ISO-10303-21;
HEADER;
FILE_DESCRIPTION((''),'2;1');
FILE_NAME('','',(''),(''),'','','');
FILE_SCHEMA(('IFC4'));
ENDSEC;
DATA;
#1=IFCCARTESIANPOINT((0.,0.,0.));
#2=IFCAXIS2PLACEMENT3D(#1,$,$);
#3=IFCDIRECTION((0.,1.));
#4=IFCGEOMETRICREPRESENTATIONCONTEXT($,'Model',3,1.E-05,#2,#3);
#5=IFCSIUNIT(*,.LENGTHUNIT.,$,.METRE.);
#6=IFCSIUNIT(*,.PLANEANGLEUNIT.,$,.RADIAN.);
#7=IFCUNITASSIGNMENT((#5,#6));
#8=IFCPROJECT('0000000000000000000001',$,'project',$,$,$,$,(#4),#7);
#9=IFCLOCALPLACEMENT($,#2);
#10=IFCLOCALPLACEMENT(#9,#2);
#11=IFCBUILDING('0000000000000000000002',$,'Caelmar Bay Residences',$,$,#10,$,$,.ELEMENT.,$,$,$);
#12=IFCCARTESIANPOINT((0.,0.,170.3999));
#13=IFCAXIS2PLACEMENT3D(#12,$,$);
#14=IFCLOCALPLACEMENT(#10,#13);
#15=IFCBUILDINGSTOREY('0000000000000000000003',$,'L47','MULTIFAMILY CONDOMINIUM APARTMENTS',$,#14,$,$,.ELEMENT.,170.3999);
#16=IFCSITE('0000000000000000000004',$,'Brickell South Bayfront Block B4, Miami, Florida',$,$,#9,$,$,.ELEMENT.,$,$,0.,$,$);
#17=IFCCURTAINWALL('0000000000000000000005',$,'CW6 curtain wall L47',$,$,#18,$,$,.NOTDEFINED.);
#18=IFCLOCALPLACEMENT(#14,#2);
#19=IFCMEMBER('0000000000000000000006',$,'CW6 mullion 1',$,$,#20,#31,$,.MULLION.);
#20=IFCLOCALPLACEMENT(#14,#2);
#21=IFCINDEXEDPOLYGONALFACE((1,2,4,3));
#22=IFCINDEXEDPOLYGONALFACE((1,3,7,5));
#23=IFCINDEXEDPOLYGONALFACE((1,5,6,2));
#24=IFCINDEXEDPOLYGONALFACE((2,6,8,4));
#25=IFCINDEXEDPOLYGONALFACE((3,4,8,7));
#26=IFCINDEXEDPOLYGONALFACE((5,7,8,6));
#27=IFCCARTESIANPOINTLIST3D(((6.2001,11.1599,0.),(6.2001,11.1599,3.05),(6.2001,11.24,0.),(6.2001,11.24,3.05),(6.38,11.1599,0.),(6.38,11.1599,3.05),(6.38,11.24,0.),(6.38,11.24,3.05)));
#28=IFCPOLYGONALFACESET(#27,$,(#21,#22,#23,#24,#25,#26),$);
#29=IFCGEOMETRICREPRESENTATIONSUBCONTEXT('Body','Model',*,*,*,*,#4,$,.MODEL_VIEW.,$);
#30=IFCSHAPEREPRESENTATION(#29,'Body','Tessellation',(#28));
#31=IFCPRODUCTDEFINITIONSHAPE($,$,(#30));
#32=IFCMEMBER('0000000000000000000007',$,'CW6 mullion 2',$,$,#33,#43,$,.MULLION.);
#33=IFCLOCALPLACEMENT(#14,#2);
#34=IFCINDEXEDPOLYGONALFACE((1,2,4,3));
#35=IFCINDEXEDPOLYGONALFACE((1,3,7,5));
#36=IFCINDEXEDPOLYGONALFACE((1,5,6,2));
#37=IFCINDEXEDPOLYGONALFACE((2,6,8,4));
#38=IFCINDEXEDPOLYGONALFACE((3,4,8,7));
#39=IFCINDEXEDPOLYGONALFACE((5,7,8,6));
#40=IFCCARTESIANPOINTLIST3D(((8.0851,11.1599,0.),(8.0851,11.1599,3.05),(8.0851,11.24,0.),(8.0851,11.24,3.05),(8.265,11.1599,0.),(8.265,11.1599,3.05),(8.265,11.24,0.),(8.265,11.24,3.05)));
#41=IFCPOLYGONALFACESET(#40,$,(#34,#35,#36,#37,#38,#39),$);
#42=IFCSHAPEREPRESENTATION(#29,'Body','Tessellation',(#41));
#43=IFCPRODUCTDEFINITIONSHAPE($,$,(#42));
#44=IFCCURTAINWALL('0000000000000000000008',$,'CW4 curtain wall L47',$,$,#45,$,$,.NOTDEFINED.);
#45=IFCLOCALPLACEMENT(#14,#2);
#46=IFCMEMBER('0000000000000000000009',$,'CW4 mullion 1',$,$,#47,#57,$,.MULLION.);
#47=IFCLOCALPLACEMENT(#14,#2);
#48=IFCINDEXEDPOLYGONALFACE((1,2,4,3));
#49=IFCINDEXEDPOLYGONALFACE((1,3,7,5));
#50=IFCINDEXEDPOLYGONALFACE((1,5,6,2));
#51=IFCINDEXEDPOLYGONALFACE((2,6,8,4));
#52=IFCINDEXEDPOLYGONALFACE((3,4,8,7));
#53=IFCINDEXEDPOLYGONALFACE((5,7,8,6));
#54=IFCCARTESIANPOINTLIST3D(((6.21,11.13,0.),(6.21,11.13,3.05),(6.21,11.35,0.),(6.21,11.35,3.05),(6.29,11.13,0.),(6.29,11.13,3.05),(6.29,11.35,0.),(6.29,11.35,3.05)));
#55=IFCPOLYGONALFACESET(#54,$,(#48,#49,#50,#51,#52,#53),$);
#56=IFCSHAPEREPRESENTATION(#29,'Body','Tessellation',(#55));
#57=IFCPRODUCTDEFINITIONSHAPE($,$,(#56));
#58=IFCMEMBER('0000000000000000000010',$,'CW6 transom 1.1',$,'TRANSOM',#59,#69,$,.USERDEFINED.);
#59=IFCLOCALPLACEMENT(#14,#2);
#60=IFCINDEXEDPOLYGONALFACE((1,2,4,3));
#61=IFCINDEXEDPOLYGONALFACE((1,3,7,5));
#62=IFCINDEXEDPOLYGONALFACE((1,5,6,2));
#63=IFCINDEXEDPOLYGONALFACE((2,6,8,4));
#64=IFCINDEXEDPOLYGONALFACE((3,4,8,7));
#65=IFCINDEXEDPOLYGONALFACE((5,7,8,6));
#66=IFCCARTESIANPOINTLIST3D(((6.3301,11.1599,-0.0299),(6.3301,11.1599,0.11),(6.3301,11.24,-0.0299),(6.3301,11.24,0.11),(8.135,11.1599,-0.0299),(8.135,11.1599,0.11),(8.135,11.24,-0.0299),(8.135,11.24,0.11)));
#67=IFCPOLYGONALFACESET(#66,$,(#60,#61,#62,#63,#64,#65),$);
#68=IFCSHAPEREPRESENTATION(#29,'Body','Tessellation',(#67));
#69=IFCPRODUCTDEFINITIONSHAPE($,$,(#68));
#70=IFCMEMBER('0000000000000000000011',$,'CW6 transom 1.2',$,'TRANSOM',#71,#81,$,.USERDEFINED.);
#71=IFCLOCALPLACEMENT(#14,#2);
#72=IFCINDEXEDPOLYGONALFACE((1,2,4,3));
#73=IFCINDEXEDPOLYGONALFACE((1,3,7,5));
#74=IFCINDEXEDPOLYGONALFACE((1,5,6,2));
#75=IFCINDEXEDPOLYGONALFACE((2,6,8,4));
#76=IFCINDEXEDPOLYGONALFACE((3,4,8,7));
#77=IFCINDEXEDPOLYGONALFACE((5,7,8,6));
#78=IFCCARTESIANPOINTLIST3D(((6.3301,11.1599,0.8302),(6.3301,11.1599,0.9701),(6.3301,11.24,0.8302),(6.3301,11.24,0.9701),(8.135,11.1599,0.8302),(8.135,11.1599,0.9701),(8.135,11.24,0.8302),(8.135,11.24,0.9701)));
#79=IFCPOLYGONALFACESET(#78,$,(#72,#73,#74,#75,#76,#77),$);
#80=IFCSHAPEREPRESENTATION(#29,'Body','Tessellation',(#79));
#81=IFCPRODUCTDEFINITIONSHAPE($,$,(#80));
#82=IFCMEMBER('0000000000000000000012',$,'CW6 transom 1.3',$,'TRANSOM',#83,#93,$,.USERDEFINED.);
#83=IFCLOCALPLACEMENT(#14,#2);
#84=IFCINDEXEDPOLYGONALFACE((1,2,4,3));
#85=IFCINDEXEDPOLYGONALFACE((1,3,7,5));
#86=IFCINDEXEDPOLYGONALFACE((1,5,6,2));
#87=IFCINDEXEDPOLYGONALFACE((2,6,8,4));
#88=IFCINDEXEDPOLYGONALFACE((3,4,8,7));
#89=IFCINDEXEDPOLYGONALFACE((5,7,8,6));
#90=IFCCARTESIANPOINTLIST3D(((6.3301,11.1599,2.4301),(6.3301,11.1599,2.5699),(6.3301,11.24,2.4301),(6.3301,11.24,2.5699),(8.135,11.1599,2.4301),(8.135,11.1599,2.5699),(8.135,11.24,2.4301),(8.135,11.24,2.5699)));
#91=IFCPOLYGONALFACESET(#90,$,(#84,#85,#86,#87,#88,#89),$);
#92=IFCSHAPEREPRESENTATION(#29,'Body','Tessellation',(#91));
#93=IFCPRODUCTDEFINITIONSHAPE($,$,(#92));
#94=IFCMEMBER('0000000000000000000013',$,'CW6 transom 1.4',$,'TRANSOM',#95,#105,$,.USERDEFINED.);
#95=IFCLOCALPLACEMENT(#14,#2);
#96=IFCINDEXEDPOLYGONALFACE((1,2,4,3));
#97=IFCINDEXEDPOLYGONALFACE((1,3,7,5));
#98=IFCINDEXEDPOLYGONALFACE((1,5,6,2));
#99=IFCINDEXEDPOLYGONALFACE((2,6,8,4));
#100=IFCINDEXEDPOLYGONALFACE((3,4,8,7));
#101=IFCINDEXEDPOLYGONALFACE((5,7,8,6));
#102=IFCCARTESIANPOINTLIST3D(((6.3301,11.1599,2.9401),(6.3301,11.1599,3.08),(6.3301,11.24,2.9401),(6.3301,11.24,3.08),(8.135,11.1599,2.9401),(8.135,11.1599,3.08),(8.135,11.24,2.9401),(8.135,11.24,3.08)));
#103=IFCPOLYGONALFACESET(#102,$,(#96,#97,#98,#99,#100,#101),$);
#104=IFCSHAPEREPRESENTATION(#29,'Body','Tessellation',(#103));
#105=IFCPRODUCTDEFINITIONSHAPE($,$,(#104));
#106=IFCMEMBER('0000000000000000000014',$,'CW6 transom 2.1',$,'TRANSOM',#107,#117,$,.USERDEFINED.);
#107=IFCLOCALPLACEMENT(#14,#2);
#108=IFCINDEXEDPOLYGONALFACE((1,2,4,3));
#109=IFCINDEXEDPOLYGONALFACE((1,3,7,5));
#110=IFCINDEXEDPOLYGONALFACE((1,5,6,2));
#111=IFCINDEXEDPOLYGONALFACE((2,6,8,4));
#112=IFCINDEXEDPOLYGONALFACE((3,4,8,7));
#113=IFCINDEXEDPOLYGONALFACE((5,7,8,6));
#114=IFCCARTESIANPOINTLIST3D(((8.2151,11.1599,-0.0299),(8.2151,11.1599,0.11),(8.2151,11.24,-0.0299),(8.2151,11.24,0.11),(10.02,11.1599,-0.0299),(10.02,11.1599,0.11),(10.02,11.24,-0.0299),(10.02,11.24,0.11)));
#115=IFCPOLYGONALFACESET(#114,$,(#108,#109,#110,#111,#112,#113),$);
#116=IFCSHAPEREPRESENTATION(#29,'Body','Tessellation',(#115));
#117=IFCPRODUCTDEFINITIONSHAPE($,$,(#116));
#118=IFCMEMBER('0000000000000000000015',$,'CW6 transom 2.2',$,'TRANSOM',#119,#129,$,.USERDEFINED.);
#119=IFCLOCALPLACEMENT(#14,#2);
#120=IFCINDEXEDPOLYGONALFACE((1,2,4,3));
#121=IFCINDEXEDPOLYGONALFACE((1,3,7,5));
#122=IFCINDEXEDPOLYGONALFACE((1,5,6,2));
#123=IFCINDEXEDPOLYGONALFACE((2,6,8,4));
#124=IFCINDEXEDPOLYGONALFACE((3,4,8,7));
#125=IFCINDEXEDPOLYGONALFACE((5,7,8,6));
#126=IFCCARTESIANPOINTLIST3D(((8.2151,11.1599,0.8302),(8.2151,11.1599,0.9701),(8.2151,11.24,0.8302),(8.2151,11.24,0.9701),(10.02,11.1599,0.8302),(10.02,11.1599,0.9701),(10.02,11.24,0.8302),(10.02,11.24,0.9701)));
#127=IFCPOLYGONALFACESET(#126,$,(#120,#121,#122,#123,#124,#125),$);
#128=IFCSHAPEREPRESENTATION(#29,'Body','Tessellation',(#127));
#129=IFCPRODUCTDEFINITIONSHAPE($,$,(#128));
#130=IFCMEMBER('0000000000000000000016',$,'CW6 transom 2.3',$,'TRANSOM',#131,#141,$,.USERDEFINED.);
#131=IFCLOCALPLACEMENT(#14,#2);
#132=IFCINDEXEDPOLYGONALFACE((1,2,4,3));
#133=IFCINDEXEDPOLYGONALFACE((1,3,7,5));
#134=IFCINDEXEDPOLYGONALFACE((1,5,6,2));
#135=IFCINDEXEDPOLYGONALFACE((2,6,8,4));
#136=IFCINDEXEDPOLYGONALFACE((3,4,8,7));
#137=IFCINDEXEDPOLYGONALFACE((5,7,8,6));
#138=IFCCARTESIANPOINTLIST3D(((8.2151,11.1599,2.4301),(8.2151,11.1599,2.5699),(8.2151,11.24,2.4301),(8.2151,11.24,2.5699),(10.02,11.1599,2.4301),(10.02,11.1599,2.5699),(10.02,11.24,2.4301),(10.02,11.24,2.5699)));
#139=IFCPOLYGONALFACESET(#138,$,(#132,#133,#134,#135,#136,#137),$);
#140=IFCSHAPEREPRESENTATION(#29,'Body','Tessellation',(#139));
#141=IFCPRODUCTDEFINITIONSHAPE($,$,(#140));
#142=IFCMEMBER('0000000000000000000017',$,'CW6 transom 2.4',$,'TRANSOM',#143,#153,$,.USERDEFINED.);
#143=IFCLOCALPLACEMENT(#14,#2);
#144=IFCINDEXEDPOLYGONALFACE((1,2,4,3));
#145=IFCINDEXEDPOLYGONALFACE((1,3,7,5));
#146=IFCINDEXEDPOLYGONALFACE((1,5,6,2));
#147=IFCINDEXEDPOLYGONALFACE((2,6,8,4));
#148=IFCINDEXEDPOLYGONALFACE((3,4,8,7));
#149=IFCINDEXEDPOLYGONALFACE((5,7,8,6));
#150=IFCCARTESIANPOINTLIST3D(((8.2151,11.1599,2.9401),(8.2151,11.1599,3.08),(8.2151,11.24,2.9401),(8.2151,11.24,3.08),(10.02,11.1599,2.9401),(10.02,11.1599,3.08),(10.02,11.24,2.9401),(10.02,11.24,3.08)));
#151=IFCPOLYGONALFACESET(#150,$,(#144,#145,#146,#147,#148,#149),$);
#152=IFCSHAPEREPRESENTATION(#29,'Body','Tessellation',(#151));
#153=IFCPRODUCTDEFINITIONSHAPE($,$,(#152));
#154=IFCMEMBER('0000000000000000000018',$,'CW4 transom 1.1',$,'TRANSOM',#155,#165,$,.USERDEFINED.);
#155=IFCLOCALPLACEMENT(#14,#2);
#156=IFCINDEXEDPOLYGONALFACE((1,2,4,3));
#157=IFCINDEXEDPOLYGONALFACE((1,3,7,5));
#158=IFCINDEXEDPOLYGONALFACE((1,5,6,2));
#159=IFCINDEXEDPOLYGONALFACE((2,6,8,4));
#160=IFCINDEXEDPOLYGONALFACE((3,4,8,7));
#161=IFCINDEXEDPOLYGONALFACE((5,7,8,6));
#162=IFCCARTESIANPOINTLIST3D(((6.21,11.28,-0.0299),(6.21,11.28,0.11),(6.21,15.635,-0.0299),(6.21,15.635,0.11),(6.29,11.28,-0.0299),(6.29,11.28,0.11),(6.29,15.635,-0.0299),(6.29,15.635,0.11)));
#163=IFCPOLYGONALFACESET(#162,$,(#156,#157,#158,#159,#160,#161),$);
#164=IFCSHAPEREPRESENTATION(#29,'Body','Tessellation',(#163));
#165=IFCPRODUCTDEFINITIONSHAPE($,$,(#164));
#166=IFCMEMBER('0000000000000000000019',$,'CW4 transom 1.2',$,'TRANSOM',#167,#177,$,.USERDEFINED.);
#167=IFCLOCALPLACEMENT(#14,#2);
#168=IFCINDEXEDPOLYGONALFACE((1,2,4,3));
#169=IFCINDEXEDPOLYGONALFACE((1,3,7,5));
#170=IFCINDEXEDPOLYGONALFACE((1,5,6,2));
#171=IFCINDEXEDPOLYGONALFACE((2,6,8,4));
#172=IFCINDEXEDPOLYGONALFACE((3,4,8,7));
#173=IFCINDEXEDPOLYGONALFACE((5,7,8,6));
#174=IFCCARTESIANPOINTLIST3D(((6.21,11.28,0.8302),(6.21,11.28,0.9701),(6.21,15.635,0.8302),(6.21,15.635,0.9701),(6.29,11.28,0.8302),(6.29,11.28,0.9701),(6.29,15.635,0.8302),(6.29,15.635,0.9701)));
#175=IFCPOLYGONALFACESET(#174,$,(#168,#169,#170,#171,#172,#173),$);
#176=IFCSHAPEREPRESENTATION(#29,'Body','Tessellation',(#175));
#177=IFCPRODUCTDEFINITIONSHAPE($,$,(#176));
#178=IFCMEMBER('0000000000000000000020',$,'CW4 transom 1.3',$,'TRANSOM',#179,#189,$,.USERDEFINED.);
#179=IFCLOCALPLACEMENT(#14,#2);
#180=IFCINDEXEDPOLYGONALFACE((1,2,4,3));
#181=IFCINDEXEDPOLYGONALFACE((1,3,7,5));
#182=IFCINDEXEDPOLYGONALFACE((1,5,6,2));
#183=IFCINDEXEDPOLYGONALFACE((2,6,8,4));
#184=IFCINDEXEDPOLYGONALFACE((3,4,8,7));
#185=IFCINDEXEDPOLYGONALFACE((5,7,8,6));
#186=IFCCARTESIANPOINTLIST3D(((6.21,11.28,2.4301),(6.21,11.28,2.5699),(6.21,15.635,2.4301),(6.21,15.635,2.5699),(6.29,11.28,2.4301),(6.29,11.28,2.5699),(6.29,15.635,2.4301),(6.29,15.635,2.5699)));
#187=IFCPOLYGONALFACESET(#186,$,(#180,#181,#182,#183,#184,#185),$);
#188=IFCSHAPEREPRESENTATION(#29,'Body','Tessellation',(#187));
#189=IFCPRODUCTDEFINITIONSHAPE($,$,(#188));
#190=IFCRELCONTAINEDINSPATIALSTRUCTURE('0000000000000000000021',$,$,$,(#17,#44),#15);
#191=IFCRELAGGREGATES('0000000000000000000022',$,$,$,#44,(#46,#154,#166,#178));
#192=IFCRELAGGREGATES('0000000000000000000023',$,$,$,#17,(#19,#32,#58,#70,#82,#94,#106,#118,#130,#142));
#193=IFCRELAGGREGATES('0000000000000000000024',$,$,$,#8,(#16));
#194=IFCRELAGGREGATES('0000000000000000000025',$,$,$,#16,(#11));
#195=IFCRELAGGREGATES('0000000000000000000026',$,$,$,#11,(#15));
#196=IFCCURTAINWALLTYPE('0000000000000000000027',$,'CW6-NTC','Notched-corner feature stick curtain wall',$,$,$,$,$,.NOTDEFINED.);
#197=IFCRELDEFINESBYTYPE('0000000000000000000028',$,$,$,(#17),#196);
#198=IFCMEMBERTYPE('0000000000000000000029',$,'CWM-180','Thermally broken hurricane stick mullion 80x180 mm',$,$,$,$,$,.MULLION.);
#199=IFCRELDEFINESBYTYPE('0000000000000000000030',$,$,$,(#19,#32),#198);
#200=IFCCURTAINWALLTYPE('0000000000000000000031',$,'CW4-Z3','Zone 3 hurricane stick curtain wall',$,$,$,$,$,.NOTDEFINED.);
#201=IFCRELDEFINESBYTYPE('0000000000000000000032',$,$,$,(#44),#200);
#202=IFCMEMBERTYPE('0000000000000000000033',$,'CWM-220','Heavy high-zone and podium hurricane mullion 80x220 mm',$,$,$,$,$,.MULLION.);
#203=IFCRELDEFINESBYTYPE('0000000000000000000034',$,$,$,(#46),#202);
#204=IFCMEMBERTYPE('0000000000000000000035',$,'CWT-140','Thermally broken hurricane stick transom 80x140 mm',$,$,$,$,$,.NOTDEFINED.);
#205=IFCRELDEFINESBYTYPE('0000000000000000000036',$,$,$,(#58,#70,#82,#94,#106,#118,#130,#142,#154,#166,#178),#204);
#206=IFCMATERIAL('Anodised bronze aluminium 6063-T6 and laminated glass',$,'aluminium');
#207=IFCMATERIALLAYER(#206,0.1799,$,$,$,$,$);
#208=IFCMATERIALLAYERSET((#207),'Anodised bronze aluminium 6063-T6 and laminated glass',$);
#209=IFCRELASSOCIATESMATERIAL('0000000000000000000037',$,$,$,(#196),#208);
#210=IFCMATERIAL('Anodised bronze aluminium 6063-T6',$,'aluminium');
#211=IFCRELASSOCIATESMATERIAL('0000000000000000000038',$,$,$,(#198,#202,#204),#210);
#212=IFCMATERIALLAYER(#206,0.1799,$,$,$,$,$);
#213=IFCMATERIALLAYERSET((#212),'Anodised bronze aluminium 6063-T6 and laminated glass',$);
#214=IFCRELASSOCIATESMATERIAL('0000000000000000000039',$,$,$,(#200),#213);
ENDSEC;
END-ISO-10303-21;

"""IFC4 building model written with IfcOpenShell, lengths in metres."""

from ifc_helpers import new_model, si_unit, direction, frame, origin, origin_2d, place, context, subcontext, project, spatial, rectangle, extrude, material, layer, layer_set, material_profile, profile_set, type_object, element, aggregate, save


model = new_model("IFC4")

# Units and contexts
model_context = context("Model", 3, precision=1e-05, world=origin(), true_north=direction((0.0, 1.0)))
body_context = subcontext(model_context, "Body", "Model", "MODEL_VIEW")
ifc_project = project(units=[si_unit("LENGTHUNIT", "METRE"), si_unit("PLANEANGLEUNIT", "RADIAN")], contexts=[model_context])

# Site, building, storey
site_placement = place(None, origin())
site = spatial("IfcSite", under=ifc_project, at=site_placement, Name="Brickell South Bayfront Block B4, Miami, Florida", CompositionType="ELEMENT", RefElevation=0.0)
building_placement = place(site_placement, origin())
building = spatial("IfcBuilding", under=site, at=building_placement, Name="Caelmar Bay Residences", CompositionType="ELEMENT")
storey_placement = place(building_placement, frame((0.0, 0.0, 170.3999)))
storey = spatial("IfcBuildingStorey", under=building, at=storey_placement, Name="L47", Description="MULTIFAMILY CONDOMINIUM APARTMENTS", CompositionType="ELEMENT", Elevation=170.3999)

# Curtain wall, members
ifc_material_1 = material(Name="Anodised bronze aluminium 6063-T6 and laminated glass", Category="aluminium")
ifc_layer_1 = layer(ifc_material_1, 0.1799)
ifc_layer_set_1 = layer_set([ifc_layer_1], Name="Anodised bronze aluminium 6063-T6 and laminated glass")
curtain_wall_type_1 = type_object("IfcCurtainWallType", Name="CW6-NTC", Description="Notched-corner feature stick curtain wall", PredefinedType="NOTDEFINED", material=ifc_layer_set_1)
curtain_wall_1_placement = place(storey_placement, origin())
curtain_wall_1 = element("IfcCurtainWall", 1, at=curtain_wall_1_placement, inside=storey, type_object=curtain_wall_type_1, Name="CW6 curtain wall L47", PredefinedType="NOTDEFINED")
ifc_material_2 = material(Name="Anodised bronze aluminium 6063-T6", Category="aluminium")
ifc_material_profile_1 = material_profile(ifc_material_2, rectangle(XDim=0.0801, YDim=0.1799, at=origin_2d()), Name="CWM-80X180")
ifc_profile_set_1 = profile_set([ifc_material_profile_1], Name="Anodised bronze aluminium 6063-T6")
member_type_1 = type_object("IfcMemberType", Name="CWM-180", Description="Thermally broken hurricane stick mullion 80x180 mm", PredefinedType="MULLION", material=ifc_profile_set_1)
member_1_placement = place(storey_placement, frame((6.29, 11.2, 0.0), z_axis=(0.0, 0.0, 1.0), x_axis=(0.0, 1.0, 0.0)))
member_1 = element("IfcMember", 2, at=member_1_placement, type_object=member_type_1, Name="CW6 mullion 1", PredefinedType="MULLION", context=body_context, shape_type="SweptSolid", body=[
    extrude(rectangle(XDim=0.0801, YDim=0.1799, at=origin_2d()), origin(), (0.0, 0.0, 1.0), 3.05),
])
member_2_placement = place(storey_placement, frame((8.175, 11.2, 0.0), z_axis=(0.0, 0.0, 1.0), x_axis=(0.0, 1.0, 0.0)))
member_2 = element("IfcMember", 3, at=member_2_placement, type_object=member_type_1, Name="CW6 mullion 2", PredefinedType="MULLION", context=body_context, shape_type="SweptSolid", body=[
    extrude(rectangle(XDim=0.0801, YDim=0.1799, at=origin_2d()), origin(), (0.0, 0.0, 1.0), 3.05),
])

# Curtain wall, member
ifc_layer_2 = layer(ifc_material_1, 0.1799)
ifc_layer_set_2 = layer_set([ifc_layer_2], Name="Anodised bronze aluminium 6063-T6 and laminated glass")
curtain_wall_type_2 = type_object("IfcCurtainWallType", Name="CW4-Z3", Description="Zone 3 hurricane stick curtain wall", PredefinedType="NOTDEFINED", material=ifc_layer_set_2)
curtain_wall_2_placement = place(storey_placement, origin())
curtain_wall_2 = element("IfcCurtainWall", 4, at=curtain_wall_2_placement, inside=storey, type_object=curtain_wall_type_2, Name="CW4 curtain wall L47", PredefinedType="NOTDEFINED")
ifc_material_profile_2 = material_profile(ifc_material_2, rectangle(XDim=0.0801, YDim=0.22, at=origin_2d()), Name="CWM-80X220")
ifc_profile_set_2 = profile_set([ifc_material_profile_2], Name="Anodised bronze aluminium 6063-T6")
member_type_2 = type_object("IfcMemberType", Name="CWM-220", Description="Heavy high-zone and podium hurricane mullion 80x220 mm", PredefinedType="MULLION", material=ifc_profile_set_2)
member_3_placement = place(storey_placement, frame((6.25, 11.24, 0.0), z_axis=(0.0, 0.0, 1.0), x_axis=(-1.0, 0.0, 0.0)))
member_3 = element("IfcMember", 5, at=member_3_placement, type_object=member_type_2, Name="CW4 mullion 1", PredefinedType="MULLION", context=body_context, shape_type="SweptSolid", body=[
    extrude(rectangle(XDim=0.0801, YDim=0.22, at=origin_2d()), origin(), (0.0, 0.0, 1.0), 3.05),
])

# Members
ifc_material_profile_3 = material_profile(ifc_material_2, rectangle(XDim=0.0801, YDim=0.1399, at=origin_2d()), Name="CWT-80X140")
ifc_profile_set_3 = profile_set([ifc_material_profile_3], Name="Anodised bronze aluminium 6063-T6")
member_type_3 = type_object("IfcMemberType", Name="CWT-140", Description="Thermally broken hurricane stick transom 80x140 mm", PredefinedType="NOTDEFINED", material=ifc_profile_set_3)
member_4_placement = place(storey_placement, frame((6.3301, 11.2, 0.04), z_axis=(1.0, 0.0, 0.0), x_axis=(0.0, 1.0, 0.0)))
member_4 = element("IfcMember", 6, at=member_4_placement, type_object=member_type_3, Name="CW6 transom 1.1", ObjectType="TRANSOM", PredefinedType="USERDEFINED", context=body_context, shape_type="SweptSolid", body=[
    extrude(rectangle(XDim=0.0801, YDim=0.1399, at=origin_2d()), origin(), (0.0, 0.0, 1.0), 1.8049),
])
member_5_placement = place(storey_placement, frame((6.3301, 11.2, 0.9001), z_axis=(1.0, 0.0, 0.0), x_axis=(0.0, 1.0, 0.0)))
member_5 = element("IfcMember", 7, at=member_5_placement, type_object=member_type_3, Name="CW6 transom 1.2", ObjectType="TRANSOM", PredefinedType="USERDEFINED", context=body_context, shape_type="SweptSolid", body=[
    extrude(rectangle(XDim=0.0801, YDim=0.1399, at=origin_2d()), origin(), (0.0, 0.0, 1.0), 1.8049),
])
member_6_placement = place(storey_placement, frame((6.3301, 11.2, 2.5), z_axis=(1.0, 0.0, 0.0), x_axis=(0.0, 1.0, 0.0)))
member_6 = element("IfcMember", 8, at=member_6_placement, type_object=member_type_3, Name="CW6 transom 1.3", ObjectType="TRANSOM", PredefinedType="USERDEFINED", context=body_context, shape_type="SweptSolid", body=[
    extrude(rectangle(XDim=0.0801, YDim=0.1399, at=origin_2d()), origin(), (0.0, 0.0, 1.0), 1.8049),
])
member_7_placement = place(storey_placement, frame((6.3301, 11.2, 3.01), z_axis=(1.0, 0.0, 0.0), x_axis=(0.0, 1.0, 0.0)))
member_7 = element("IfcMember", 9, at=member_7_placement, type_object=member_type_3, Name="CW6 transom 1.4", ObjectType="TRANSOM", PredefinedType="USERDEFINED", context=body_context, shape_type="SweptSolid", body=[
    extrude(rectangle(XDim=0.0801, YDim=0.1399, at=origin_2d()), origin(), (0.0, 0.0, 1.0), 1.8049),
])
member_8_placement = place(storey_placement, frame((8.2151, 11.2, 0.04), z_axis=(1.0, 0.0, 0.0), x_axis=(0.0, 1.0, 0.0)))
member_8 = element("IfcMember", 10, at=member_8_placement, type_object=member_type_3, Name="CW6 transom 2.1", ObjectType="TRANSOM", PredefinedType="USERDEFINED", context=body_context, shape_type="SweptSolid", body=[
    extrude(rectangle(XDim=0.0801, YDim=0.1399, at=origin_2d()), origin(), (0.0, 0.0, 1.0), 1.8049),
])
member_9_placement = place(storey_placement, frame((8.2151, 11.2, 0.9001), z_axis=(1.0, 0.0, 0.0), x_axis=(0.0, 1.0, 0.0)))
member_9 = element("IfcMember", 11, at=member_9_placement, type_object=member_type_3, Name="CW6 transom 2.2", ObjectType="TRANSOM", PredefinedType="USERDEFINED", context=body_context, shape_type="SweptSolid", body=[
    extrude(rectangle(XDim=0.0801, YDim=0.1399, at=origin_2d()), origin(), (0.0, 0.0, 1.0), 1.8049),
])
member_10_placement = place(storey_placement, frame((8.2151, 11.2, 2.5), z_axis=(1.0, 0.0, 0.0), x_axis=(0.0, 1.0, 0.0)))
member_10 = element("IfcMember", 12, at=member_10_placement, type_object=member_type_3, Name="CW6 transom 2.3", ObjectType="TRANSOM", PredefinedType="USERDEFINED", context=body_context, shape_type="SweptSolid", body=[
    extrude(rectangle(XDim=0.0801, YDim=0.1399, at=origin_2d()), origin(), (0.0, 0.0, 1.0), 1.8049),
])
member_11_placement = place(storey_placement, frame((8.2151, 11.2, 3.01), z_axis=(1.0, 0.0, 0.0), x_axis=(0.0, 1.0, 0.0)))
member_11 = element("IfcMember", 13, at=member_11_placement, type_object=member_type_3, Name="CW6 transom 2.4", ObjectType="TRANSOM", PredefinedType="USERDEFINED", context=body_context, shape_type="SweptSolid", body=[
    extrude(rectangle(XDim=0.0801, YDim=0.1399, at=origin_2d()), origin(), (0.0, 0.0, 1.0), 1.8049),
])
member_12_placement = place(storey_placement, frame((6.25, 11.28, 0.04), z_axis=(0.0, 1.0, 0.0), x_axis=(-1.0, 0.0, 0.0)))
member_12 = element("IfcMember", 14, at=member_12_placement, type_object=member_type_3, Name="CW4 transom 1.1", ObjectType="TRANSOM", PredefinedType="USERDEFINED", context=body_context, shape_type="SweptSolid", body=[
    extrude(rectangle(XDim=0.0801, YDim=0.1399, at=origin_2d()), origin(), (0.0, 0.0, 1.0), 4.355),
])
member_13_placement = place(storey_placement, frame((6.25, 11.28, 0.9001), z_axis=(0.0, 1.0, 0.0), x_axis=(-1.0, 0.0, 0.0)))
member_13 = element("IfcMember", 15, at=member_13_placement, type_object=member_type_3, Name="CW4 transom 1.2", ObjectType="TRANSOM", PredefinedType="USERDEFINED", context=body_context, shape_type="SweptSolid", body=[
    extrude(rectangle(XDim=0.0801, YDim=0.1399, at=origin_2d()), origin(), (0.0, 0.0, 1.0), 4.355),
])
member_14_placement = place(storey_placement, frame((6.25, 11.28, 2.5), z_axis=(0.0, 1.0, 0.0), x_axis=(-1.0, 0.0, 0.0)))
member_14 = element("IfcMember", 16, at=member_14_placement, type_object=member_type_3, Name="CW4 transom 1.3", ObjectType="TRANSOM", PredefinedType="USERDEFINED", context=body_context, shape_type="SweptSolid", body=[
    extrude(rectangle(XDim=0.0801, YDim=0.1399, at=origin_2d()), origin(), (0.0, 0.0, 1.0), 4.355),
])
aggregate(curtain_wall_2, [member_3, member_12, member_13, member_14])

aggregate(curtain_wall_1, [member_1, member_2, member_4, member_5, member_6, member_7, member_8, member_9, member_10, member_11])

save(model, "model.ifc")
